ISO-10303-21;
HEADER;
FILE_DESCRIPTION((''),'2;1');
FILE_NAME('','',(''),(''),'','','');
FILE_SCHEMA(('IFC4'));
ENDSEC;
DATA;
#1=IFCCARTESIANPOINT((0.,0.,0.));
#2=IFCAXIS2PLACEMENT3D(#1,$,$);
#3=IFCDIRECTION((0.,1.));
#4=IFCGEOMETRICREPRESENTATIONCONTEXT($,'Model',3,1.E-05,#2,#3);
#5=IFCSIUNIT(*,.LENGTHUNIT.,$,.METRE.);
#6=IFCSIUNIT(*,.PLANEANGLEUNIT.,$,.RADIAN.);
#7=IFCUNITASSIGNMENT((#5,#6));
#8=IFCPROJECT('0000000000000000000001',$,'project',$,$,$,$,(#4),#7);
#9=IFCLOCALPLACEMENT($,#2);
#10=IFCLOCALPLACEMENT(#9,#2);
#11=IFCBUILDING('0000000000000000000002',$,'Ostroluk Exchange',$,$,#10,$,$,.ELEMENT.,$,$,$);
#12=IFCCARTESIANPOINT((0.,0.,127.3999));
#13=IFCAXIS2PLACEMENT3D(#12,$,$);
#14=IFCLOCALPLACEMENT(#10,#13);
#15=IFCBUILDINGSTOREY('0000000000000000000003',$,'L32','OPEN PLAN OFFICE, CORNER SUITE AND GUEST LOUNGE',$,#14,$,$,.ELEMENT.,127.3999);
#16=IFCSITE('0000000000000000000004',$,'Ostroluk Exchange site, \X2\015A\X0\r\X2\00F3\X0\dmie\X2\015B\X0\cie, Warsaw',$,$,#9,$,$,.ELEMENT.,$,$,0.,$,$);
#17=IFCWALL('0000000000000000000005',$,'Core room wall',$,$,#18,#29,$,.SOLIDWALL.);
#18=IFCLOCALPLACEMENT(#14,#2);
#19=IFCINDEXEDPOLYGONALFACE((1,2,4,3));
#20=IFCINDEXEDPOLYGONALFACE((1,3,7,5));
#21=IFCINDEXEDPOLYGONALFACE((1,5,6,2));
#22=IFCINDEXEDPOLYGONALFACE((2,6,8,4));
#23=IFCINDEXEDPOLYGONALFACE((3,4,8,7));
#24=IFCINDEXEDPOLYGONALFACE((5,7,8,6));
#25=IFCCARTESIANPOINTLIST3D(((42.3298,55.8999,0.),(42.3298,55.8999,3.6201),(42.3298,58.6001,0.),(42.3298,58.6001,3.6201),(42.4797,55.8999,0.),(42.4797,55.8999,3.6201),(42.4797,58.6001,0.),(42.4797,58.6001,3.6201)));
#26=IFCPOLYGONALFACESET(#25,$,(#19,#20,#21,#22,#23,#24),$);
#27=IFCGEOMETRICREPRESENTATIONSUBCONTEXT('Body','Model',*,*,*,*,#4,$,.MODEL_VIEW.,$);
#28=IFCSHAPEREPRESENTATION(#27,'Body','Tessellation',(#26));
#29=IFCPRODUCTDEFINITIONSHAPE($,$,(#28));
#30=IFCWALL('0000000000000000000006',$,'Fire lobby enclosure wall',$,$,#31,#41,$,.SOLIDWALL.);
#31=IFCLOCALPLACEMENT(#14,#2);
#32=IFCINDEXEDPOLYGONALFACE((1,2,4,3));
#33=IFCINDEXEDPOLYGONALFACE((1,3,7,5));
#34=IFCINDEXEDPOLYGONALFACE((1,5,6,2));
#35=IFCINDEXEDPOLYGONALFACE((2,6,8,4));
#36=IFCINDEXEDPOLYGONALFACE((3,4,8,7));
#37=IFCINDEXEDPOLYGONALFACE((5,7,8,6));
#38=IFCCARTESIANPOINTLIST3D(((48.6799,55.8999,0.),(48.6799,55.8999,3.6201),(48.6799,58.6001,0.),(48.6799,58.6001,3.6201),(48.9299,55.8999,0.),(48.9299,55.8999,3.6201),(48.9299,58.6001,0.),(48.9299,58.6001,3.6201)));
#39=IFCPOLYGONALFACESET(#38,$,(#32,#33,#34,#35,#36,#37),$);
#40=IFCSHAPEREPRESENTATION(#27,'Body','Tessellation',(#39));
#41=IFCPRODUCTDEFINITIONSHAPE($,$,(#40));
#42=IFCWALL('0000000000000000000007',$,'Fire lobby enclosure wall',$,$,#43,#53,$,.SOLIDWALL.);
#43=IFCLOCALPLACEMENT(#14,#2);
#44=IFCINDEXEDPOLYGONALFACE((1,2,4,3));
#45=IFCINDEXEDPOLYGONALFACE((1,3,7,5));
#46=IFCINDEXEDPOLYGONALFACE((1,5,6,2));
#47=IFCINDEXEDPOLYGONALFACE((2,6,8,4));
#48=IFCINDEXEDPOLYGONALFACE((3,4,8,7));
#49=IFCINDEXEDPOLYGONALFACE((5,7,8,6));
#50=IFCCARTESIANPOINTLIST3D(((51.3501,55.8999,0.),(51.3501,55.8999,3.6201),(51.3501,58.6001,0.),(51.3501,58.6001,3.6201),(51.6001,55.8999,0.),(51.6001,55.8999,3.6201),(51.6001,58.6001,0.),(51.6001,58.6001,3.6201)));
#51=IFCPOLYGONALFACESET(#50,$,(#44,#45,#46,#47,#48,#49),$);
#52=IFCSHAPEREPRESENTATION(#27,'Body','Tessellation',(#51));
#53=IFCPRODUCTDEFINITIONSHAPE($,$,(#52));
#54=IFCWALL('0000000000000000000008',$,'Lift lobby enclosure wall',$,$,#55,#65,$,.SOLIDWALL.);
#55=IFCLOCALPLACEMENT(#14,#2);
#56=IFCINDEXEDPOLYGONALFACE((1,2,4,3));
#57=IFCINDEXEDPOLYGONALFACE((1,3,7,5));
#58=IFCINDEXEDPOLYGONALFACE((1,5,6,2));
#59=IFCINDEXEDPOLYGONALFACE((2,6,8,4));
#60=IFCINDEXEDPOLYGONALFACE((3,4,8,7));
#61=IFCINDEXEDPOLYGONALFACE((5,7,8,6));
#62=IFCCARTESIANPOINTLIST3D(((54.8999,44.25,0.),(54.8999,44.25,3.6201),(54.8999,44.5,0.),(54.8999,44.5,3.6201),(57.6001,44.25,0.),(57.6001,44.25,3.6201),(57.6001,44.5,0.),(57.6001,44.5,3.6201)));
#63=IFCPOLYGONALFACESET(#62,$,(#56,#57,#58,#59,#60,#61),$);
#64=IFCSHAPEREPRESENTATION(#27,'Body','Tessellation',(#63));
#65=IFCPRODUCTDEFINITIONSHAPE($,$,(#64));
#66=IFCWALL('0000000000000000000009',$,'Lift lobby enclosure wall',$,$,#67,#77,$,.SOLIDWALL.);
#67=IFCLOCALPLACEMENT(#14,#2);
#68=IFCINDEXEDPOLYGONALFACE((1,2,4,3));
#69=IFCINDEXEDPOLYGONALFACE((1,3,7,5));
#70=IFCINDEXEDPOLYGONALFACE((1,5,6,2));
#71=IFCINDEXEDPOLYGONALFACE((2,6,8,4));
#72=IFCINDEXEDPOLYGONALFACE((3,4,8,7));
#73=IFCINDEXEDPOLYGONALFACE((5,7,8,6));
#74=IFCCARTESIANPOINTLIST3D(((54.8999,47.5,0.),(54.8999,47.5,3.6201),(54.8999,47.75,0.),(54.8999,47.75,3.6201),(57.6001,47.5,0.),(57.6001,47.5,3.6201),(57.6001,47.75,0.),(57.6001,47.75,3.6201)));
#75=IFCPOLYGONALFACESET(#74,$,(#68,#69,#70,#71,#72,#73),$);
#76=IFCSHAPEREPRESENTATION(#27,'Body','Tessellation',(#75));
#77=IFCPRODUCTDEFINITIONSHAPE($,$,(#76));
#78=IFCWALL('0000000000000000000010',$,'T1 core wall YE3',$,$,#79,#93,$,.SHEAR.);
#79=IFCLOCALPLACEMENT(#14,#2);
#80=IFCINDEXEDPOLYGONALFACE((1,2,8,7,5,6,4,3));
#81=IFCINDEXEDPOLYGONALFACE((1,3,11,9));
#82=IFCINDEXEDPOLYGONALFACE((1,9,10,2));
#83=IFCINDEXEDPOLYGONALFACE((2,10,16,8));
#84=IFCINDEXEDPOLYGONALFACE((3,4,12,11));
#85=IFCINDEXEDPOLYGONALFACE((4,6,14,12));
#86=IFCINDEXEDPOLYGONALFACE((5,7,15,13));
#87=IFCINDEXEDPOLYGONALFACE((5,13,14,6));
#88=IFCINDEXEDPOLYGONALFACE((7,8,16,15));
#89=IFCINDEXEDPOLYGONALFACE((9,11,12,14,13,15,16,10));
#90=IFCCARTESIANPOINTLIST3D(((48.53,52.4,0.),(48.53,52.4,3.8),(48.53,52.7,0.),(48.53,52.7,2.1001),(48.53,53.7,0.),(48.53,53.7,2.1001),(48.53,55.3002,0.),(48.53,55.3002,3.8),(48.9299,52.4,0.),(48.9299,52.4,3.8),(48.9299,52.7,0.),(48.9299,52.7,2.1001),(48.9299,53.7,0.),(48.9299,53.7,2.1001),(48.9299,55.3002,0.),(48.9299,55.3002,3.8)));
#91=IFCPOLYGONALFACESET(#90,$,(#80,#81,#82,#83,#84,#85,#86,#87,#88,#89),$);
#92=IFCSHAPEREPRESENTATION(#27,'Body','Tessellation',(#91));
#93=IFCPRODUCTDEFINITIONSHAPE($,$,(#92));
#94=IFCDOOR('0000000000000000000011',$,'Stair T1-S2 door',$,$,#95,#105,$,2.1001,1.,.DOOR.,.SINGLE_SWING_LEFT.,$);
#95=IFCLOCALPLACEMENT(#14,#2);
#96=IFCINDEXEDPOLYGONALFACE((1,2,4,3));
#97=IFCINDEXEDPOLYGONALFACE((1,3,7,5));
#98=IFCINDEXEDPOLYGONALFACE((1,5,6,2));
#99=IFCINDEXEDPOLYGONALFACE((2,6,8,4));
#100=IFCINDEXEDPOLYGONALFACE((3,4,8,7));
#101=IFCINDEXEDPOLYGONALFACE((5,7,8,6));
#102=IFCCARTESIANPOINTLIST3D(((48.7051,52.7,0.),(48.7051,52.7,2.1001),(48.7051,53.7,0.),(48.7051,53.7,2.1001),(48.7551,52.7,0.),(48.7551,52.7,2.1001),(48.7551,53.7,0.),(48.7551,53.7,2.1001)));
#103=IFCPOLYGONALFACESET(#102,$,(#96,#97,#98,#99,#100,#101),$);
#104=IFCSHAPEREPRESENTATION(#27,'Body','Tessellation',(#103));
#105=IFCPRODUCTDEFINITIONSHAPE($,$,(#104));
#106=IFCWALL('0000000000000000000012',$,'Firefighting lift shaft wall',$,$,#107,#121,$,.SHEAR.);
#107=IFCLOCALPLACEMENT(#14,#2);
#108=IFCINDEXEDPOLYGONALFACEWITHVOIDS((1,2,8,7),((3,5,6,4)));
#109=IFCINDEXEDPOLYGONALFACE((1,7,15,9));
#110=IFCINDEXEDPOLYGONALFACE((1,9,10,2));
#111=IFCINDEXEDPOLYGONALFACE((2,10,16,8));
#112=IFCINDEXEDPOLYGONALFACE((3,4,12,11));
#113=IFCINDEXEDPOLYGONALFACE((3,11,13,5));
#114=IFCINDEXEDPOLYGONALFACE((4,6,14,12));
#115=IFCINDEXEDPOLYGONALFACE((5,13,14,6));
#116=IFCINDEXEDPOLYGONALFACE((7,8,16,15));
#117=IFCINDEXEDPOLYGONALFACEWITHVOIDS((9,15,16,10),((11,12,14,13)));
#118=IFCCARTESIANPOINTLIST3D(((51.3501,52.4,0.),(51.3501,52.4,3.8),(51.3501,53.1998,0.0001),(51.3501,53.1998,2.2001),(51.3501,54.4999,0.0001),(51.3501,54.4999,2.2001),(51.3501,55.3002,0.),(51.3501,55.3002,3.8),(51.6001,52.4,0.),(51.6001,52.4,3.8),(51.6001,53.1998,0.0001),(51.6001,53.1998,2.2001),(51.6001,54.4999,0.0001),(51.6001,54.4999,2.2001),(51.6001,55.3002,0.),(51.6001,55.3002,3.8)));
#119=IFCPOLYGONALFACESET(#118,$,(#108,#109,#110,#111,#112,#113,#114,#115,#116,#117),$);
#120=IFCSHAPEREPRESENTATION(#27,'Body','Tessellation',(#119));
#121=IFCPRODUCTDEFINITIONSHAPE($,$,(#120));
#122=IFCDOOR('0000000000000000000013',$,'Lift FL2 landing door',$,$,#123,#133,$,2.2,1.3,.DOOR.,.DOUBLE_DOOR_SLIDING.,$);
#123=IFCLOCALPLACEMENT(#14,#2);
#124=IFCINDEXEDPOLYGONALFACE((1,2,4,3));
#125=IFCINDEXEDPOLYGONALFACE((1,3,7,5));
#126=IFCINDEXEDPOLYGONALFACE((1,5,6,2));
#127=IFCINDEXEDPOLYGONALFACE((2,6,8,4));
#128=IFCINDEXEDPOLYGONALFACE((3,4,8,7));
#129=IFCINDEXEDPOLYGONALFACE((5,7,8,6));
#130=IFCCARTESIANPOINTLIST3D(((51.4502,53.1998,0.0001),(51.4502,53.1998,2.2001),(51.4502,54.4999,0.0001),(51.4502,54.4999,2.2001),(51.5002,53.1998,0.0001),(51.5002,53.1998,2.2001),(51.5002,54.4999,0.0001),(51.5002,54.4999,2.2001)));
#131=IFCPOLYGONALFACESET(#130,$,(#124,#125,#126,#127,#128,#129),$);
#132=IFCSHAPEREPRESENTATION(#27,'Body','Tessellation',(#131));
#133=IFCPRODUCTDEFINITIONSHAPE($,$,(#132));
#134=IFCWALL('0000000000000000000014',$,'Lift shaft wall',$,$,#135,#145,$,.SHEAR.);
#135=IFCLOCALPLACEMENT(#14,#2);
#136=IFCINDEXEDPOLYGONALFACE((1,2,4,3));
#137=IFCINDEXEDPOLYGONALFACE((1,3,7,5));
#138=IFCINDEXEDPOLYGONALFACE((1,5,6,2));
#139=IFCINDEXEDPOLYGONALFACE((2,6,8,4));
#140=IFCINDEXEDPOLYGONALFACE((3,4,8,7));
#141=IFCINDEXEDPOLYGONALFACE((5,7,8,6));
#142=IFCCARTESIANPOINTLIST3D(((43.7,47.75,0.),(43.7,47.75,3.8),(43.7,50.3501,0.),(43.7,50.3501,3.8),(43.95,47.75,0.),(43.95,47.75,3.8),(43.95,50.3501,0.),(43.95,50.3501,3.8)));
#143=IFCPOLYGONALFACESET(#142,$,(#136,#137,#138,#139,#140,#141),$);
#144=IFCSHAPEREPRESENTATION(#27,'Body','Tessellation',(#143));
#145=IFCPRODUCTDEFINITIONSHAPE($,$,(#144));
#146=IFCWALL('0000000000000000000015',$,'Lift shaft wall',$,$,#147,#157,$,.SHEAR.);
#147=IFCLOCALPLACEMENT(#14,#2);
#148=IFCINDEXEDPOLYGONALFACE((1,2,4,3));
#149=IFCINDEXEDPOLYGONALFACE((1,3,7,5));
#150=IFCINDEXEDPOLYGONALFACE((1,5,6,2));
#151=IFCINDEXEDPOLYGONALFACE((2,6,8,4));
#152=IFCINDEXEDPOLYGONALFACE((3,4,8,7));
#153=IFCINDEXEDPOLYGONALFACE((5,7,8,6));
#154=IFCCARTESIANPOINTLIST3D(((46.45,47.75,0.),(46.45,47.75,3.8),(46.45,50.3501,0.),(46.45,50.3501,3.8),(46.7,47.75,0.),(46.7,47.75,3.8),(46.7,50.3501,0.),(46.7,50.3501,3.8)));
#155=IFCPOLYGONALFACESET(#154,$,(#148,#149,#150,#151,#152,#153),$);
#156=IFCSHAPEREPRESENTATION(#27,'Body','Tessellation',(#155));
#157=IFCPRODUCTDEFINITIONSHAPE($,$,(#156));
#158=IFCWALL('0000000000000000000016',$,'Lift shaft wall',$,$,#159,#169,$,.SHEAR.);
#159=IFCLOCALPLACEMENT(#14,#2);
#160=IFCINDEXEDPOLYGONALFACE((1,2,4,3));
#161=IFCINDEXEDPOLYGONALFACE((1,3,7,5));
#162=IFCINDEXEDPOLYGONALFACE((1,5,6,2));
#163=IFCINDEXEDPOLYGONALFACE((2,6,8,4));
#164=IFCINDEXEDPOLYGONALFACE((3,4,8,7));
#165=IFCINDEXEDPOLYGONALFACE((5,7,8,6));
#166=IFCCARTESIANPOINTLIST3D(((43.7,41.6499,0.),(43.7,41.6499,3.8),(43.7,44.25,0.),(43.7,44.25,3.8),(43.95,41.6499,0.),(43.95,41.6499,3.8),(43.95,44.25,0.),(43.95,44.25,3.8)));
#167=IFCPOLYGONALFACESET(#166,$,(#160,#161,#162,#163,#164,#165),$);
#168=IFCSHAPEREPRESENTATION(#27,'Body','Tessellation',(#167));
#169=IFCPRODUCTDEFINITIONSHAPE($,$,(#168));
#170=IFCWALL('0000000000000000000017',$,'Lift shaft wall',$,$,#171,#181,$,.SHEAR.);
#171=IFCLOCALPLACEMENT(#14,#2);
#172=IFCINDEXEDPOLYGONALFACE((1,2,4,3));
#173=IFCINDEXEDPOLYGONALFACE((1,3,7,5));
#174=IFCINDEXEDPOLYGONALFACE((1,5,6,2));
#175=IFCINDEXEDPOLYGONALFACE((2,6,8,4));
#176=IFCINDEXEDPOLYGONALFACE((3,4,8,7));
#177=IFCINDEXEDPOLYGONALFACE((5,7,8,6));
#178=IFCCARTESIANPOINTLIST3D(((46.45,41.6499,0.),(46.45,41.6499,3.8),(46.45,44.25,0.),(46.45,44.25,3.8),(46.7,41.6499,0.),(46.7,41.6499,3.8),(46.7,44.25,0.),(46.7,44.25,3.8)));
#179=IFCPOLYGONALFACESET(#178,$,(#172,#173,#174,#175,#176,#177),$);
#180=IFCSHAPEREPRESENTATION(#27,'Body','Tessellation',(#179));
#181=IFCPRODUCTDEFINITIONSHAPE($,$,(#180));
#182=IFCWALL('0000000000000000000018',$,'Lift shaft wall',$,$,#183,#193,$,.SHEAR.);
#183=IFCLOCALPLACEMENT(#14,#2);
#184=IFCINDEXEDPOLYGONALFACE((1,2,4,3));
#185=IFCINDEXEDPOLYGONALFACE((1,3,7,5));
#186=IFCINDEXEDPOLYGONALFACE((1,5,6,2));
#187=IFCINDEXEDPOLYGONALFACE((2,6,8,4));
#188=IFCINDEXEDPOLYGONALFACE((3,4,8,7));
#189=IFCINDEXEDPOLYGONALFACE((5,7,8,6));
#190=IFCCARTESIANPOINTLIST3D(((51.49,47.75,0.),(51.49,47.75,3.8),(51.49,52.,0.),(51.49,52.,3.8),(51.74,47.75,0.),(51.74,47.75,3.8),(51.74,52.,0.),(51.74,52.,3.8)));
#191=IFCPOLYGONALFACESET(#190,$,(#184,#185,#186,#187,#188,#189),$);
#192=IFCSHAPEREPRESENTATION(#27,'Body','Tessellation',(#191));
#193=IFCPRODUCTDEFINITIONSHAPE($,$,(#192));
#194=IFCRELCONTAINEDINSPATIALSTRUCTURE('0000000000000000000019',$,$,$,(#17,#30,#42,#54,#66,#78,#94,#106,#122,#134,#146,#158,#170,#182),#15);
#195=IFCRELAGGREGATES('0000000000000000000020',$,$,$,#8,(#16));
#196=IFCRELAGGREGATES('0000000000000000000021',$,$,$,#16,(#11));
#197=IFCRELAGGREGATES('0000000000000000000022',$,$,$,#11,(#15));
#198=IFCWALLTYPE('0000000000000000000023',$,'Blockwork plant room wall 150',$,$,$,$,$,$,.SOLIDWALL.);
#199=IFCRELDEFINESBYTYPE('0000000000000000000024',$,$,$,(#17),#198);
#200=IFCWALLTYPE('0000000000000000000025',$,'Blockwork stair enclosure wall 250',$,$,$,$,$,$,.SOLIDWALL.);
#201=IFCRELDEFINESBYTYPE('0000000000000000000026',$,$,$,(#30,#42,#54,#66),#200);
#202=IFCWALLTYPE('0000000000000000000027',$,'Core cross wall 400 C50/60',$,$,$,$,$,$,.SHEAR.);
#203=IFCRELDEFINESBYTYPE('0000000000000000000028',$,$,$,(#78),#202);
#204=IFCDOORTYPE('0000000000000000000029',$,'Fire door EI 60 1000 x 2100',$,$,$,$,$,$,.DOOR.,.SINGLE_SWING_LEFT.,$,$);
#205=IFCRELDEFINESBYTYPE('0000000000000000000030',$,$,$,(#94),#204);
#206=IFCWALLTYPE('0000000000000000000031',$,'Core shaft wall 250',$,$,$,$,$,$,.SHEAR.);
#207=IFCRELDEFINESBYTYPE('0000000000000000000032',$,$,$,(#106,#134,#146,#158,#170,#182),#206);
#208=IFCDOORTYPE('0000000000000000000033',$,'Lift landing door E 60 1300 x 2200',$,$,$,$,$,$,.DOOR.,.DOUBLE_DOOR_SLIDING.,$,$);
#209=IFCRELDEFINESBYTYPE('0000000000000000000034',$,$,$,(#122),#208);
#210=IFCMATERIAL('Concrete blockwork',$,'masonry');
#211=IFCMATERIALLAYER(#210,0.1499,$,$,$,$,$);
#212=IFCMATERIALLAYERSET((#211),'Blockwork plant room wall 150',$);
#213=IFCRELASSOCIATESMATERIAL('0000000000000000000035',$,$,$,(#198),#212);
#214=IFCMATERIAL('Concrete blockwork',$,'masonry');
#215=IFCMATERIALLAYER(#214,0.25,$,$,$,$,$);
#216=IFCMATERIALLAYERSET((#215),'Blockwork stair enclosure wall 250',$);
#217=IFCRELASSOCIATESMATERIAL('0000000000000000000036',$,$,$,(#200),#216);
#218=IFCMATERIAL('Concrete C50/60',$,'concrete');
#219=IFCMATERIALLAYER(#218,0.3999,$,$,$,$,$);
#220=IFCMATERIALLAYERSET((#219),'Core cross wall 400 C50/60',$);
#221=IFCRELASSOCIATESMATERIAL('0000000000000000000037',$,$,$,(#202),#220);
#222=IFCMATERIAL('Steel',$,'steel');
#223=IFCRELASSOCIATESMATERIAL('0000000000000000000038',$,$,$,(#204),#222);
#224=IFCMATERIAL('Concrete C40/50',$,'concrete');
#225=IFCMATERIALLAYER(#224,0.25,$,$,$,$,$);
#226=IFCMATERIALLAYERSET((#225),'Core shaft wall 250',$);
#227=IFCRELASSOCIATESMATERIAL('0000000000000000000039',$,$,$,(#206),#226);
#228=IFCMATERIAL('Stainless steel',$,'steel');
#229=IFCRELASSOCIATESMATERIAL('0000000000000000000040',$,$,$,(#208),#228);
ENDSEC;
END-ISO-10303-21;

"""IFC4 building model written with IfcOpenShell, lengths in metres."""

from ifc_helpers import new_model, si_unit, direction, frame, frame_2d, origin, place, context, subcontext, project, spatial, rectangle, extrude, material, layer, layer_set, type_object, element, fill, save


model = new_model("IFC4")

# Units and contexts
model_context = context("Model", 3, precision=1e-05, world=origin(), true_north=direction((0.0, 1.0)))
body_context = subcontext(model_context, "Body", "Model", "MODEL_VIEW")
ifc_project = project(units=[si_unit("LENGTHUNIT", "METRE"), si_unit("PLANEANGLEUNIT", "RADIAN")], contexts=[model_context])

# Site, building, storey
site_placement = place(None, origin())
site = spatial("IfcSite", under=ifc_project, at=site_placement, Name="Ostroluk Exchange site, Śródmieście, Warsaw", CompositionType="ELEMENT", RefElevation=0.0)
building_placement = place(site_placement, origin())
building = spatial("IfcBuilding", under=site, at=building_placement, Name="Ostroluk Exchange", CompositionType="ELEMENT")
storey_placement = place(building_placement, frame((0.0, 0.0, 127.3999)))
storey = spatial("IfcBuildingStorey", under=building, at=storey_placement, Name="L32", Description="OPEN PLAN OFFICE, CORNER SUITE AND GUEST LOUNGE", CompositionType="ELEMENT", Elevation=127.3999)

# Walls
ifc_material_1 = material(Name="Concrete blockwork", Category="masonry")
ifc_layer_1 = layer(ifc_material_1, 0.1499)
ifc_layer_set_1 = layer_set([ifc_layer_1], Name="Blockwork plant room wall 150")
wall_type_1 = type_object("IfcWallType", Name="Blockwork plant room wall 150", PredefinedType="SOLIDWALL", material=ifc_layer_set_1)
wall_1_placement = place(storey_placement, frame((42.4048, 55.8999, 0.0), z_axis=(0.0, 0.0, 1.0), x_axis=(0.0, 1.0, 0.0)))
element("IfcWall", 1, at=wall_1_placement, inside=storey, type_object=wall_type_1, Name="Core room wall", PredefinedType="SOLIDWALL", context=body_context, shape_type="SweptSolid", body=[
    extrude(rectangle(XDim=2.7002, YDim=0.1499, at=frame_2d((1.3501, 0.0))), origin(), (0.0, 0.0, 1.0), 3.6201),
])
ifc_material_2 = material(Name="Concrete blockwork", Category="masonry")
ifc_layer_2 = layer(ifc_material_2, 0.25)
ifc_layer_set_2 = layer_set([ifc_layer_2], Name="Blockwork stair enclosure wall 250")
wall_type_2 = type_object("IfcWallType", Name="Blockwork stair enclosure wall 250", PredefinedType="SOLIDWALL", material=ifc_layer_set_2)
for number, where, z_axis, x_axis, name in (
    (2, (48.8049, 55.8999, 0.0), (0.0, 0.0, 1.0), (0.0, 1.0, 0.0), "Fire lobby enclosure wall"),
    (3, (51.4751, 55.8999, 0.0), (0.0, 0.0, 1.0), (0.0, 1.0, 0.0), "Fire lobby enclosure wall"),
    (4, (54.8999, 44.375, 0.0), (0.0, 0.0, 1.0), (1.0, 0.0, 0.0), "Lift lobby enclosure wall"),
    (5, (54.8999, 47.625, 0.0), (0.0, 0.0, 1.0), (1.0, 0.0, 0.0), "Lift lobby enclosure wall"),
):
    element("IfcWall", number, at=place(storey_placement, frame(where, z_axis=z_axis, x_axis=x_axis)), inside=storey, type_object=wall_type_2, Name=name, PredefinedType="SOLIDWALL", context=body_context, shape_type="SweptSolid", body=[
        extrude(rectangle(XDim=2.7002, YDim=0.25, at=frame_2d((1.3501, 0.0))), origin(), (0.0, 0.0, 1.0), 3.6201),
    ])

# Walls, openings, doors
ifc_material_3 = material(Name="Concrete C50/60", Category="concrete")
ifc_layer_3 = layer(ifc_material_3, 0.3999)
ifc_layer_set_3 = layer_set([ifc_layer_3], Name="Core cross wall 400 C50/60")
wall_type_3 = type_object("IfcWallType", Name="Core cross wall 400 C50/60", PredefinedType="SHEAR", material=ifc_layer_set_3)
wall_2_placement = place(storey_placement, frame((48.73, 52.3999, 0.0), z_axis=(0.0, 0.0, 1.0), x_axis=(0.0, 1.0, 0.0)))
wall_2 = element("IfcWall", 6, at=wall_2_placement, inside=storey, type_object=wall_type_3, Name="T1 core wall YE3", PredefinedType="SHEAR", context=body_context, shape_type="SweptSolid", body=[
    extrude(rectangle(XDim=2.9001, YDim=0.3999, at=frame_2d((1.4502, 0.0))), origin(), (0.0, 0.0, 1.0), 3.8),
])
opening_1_placement = place(wall_2_placement, frame((0.3, 0.0, 0.0)))
opening_1 = element("IfcOpeningElement", 7, at=opening_1_placement, cuts=wall_2, PredefinedType="OPENING", context=body_context, shape_type="SweptSolid", body=[
    extrude(rectangle(XDim=1.0, YDim=2.1001, at=frame_2d((0.5, 1.05))), frame((0.0, 0.21, 0.0), z_axis=(0.0, -1.0, 0.0), x_axis=(1.0, 0.0, 0.0)), (0.0, 0.0, 1.0), 0.4199),
])
ifc_material_4 = material(Name="Steel", Category="steel")
door_type_1 = type_object("IfcDoorType", Name="Fire door EI 60 1000 x 2100", OperationType="SINGLE_SWING_LEFT", PredefinedType="DOOR", material=ifc_material_4)
door_1_placement = place(opening_1_placement, origin())
door_1 = element("IfcDoor", 8, at=door_1_placement, inside=storey, type_object=door_type_1, Name="Stair T1-S2 door", OperationType="SINGLE_SWING_LEFT", OverallHeight=2.1001, OverallWidth=1.0, PredefinedType="DOOR", context=body_context, shape_type="SweptSolid", body=[
    extrude(rectangle(XDim=1.0, YDim=2.1001, at=frame_2d((0.5, 1.05))), frame((0.0, 0.0249, 0.0), z_axis=(0.0, -1.0, 0.0), x_axis=(1.0, 0.0, 0.0)), (0.0, 0.0, 1.0), 0.05),
])
fill(opening_1, door_1)
ifc_material_5 = material(Name="Concrete C40/50", Category="concrete")
ifc_layer_4 = layer(ifc_material_5, 0.25)
ifc_layer_set_4 = layer_set([ifc_layer_4], Name="Core shaft wall 250")
wall_type_4 = type_object("IfcWallType", Name="Core shaft wall 250", PredefinedType="SHEAR", material=ifc_layer_set_4)
wall_3_placement = place(storey_placement, frame((51.4751, 52.3999, 0.0), z_axis=(0.0, 0.0, 1.0), x_axis=(0.0, 1.0, 0.0)))
wall_3 = element("IfcWall", 9, at=wall_3_placement, inside=storey, type_object=wall_type_4, Name="Firefighting lift shaft wall", PredefinedType="SHEAR", context=body_context, shape_type="SweptSolid", body=[
    extrude(rectangle(XDim=2.9001, YDim=0.25, at=frame_2d((1.4502, 0.0))), origin(), (0.0, 0.0, 1.0), 3.8),
])
opening_2_placement = place(wall_3_placement, frame((0.8, 0.0, 0.0)))
opening_2 = element("IfcOpeningElement", 10, at=opening_2_placement, cuts=wall_3, PredefinedType="OPENING", context=body_context, shape_type="SweptSolid", body=[
    extrude(rectangle(XDim=1.3, YDim=2.2, at=frame_2d((0.6499, 1.1001))), frame((0.0, 0.135, 0.0), z_axis=(0.0, -1.0, 0.0), x_axis=(1.0, 0.0, 0.0)), (0.0, 0.0, 1.0), 0.27),
])
ifc_material_6 = material(Name="Stainless steel", Category="steel")
door_type_2 = type_object("IfcDoorType", Name="Lift landing door E 60 1300 x 2200", OperationType="DOUBLE_DOOR_SLIDING", PredefinedType="DOOR", material=ifc_material_6)
door_2_placement = place(opening_2_placement, origin())
door_2 = element("IfcDoor", 11, at=door_2_placement, inside=storey, type_object=door_type_2, Name="Lift FL2 landing door", OperationType="DOUBLE_DOOR_SLIDING", OverallHeight=2.2, OverallWidth=1.3, PredefinedType="DOOR", context=body_context, shape_type="SweptSolid", body=[
    extrude(rectangle(XDim=1.3, YDim=2.2, at=frame_2d((0.6499, 1.1001))), frame((0.0, 0.0249, 0.0), z_axis=(0.0, -1.0, 0.0), x_axis=(1.0, 0.0, 0.0)), (0.0, 0.0, 1.0), 0.05),
])
fill(opening_2, door_2)

# Walls
for number, where, z_axis, x_axis, name in (
    (12, (43.825, 47.75, 0.0), (0.0, 0.0, 1.0), (0.0, 1.0, 0.0), "Lift shaft wall"),
    (13, (46.575, 47.75, 0.0), (0.0, 0.0, 1.0), (0.0, 1.0, 0.0), "Lift shaft wall"),
    (14, (43.825, 44.25, 0.0), (0.0, 0.0, 1.0), (0.0, -1.0, 0.0), "Lift shaft wall"),
    (15, (46.575, 44.25, 0.0), (0.0, 0.0, 1.0), (0.0, -1.0, 0.0), "Lift shaft wall"),
):
    element("IfcWall", number, at=place(storey_placement, frame(where, z_axis=z_axis, x_axis=x_axis)), inside=storey, type_object=wall_type_4, Name=name, PredefinedType="SHEAR", context=body_context, shape_type="SweptSolid", body=[
        extrude(rectangle(XDim=2.6001, YDim=0.25, at=frame_2d((1.3, 0.0))), origin(), (0.0, 0.0, 1.0), 3.8),
    ])
wall_4_placement = place(storey_placement, frame((51.615, 47.75, 0.0), z_axis=(0.0, 0.0, 1.0), x_axis=(0.0, 1.0, 0.0)))
element("IfcWall", 16, at=wall_4_placement, inside=storey, type_object=wall_type_4, Name="Lift shaft wall", PredefinedType="SHEAR", context=body_context, shape_type="SweptSolid", body=[
    extrude(rectangle(XDim=4.25, YDim=0.25, at=frame_2d((2.125, 0.0))), origin(), (0.0, 0.0, 1.0), 3.8),
])

save(model, "model.ifc")
